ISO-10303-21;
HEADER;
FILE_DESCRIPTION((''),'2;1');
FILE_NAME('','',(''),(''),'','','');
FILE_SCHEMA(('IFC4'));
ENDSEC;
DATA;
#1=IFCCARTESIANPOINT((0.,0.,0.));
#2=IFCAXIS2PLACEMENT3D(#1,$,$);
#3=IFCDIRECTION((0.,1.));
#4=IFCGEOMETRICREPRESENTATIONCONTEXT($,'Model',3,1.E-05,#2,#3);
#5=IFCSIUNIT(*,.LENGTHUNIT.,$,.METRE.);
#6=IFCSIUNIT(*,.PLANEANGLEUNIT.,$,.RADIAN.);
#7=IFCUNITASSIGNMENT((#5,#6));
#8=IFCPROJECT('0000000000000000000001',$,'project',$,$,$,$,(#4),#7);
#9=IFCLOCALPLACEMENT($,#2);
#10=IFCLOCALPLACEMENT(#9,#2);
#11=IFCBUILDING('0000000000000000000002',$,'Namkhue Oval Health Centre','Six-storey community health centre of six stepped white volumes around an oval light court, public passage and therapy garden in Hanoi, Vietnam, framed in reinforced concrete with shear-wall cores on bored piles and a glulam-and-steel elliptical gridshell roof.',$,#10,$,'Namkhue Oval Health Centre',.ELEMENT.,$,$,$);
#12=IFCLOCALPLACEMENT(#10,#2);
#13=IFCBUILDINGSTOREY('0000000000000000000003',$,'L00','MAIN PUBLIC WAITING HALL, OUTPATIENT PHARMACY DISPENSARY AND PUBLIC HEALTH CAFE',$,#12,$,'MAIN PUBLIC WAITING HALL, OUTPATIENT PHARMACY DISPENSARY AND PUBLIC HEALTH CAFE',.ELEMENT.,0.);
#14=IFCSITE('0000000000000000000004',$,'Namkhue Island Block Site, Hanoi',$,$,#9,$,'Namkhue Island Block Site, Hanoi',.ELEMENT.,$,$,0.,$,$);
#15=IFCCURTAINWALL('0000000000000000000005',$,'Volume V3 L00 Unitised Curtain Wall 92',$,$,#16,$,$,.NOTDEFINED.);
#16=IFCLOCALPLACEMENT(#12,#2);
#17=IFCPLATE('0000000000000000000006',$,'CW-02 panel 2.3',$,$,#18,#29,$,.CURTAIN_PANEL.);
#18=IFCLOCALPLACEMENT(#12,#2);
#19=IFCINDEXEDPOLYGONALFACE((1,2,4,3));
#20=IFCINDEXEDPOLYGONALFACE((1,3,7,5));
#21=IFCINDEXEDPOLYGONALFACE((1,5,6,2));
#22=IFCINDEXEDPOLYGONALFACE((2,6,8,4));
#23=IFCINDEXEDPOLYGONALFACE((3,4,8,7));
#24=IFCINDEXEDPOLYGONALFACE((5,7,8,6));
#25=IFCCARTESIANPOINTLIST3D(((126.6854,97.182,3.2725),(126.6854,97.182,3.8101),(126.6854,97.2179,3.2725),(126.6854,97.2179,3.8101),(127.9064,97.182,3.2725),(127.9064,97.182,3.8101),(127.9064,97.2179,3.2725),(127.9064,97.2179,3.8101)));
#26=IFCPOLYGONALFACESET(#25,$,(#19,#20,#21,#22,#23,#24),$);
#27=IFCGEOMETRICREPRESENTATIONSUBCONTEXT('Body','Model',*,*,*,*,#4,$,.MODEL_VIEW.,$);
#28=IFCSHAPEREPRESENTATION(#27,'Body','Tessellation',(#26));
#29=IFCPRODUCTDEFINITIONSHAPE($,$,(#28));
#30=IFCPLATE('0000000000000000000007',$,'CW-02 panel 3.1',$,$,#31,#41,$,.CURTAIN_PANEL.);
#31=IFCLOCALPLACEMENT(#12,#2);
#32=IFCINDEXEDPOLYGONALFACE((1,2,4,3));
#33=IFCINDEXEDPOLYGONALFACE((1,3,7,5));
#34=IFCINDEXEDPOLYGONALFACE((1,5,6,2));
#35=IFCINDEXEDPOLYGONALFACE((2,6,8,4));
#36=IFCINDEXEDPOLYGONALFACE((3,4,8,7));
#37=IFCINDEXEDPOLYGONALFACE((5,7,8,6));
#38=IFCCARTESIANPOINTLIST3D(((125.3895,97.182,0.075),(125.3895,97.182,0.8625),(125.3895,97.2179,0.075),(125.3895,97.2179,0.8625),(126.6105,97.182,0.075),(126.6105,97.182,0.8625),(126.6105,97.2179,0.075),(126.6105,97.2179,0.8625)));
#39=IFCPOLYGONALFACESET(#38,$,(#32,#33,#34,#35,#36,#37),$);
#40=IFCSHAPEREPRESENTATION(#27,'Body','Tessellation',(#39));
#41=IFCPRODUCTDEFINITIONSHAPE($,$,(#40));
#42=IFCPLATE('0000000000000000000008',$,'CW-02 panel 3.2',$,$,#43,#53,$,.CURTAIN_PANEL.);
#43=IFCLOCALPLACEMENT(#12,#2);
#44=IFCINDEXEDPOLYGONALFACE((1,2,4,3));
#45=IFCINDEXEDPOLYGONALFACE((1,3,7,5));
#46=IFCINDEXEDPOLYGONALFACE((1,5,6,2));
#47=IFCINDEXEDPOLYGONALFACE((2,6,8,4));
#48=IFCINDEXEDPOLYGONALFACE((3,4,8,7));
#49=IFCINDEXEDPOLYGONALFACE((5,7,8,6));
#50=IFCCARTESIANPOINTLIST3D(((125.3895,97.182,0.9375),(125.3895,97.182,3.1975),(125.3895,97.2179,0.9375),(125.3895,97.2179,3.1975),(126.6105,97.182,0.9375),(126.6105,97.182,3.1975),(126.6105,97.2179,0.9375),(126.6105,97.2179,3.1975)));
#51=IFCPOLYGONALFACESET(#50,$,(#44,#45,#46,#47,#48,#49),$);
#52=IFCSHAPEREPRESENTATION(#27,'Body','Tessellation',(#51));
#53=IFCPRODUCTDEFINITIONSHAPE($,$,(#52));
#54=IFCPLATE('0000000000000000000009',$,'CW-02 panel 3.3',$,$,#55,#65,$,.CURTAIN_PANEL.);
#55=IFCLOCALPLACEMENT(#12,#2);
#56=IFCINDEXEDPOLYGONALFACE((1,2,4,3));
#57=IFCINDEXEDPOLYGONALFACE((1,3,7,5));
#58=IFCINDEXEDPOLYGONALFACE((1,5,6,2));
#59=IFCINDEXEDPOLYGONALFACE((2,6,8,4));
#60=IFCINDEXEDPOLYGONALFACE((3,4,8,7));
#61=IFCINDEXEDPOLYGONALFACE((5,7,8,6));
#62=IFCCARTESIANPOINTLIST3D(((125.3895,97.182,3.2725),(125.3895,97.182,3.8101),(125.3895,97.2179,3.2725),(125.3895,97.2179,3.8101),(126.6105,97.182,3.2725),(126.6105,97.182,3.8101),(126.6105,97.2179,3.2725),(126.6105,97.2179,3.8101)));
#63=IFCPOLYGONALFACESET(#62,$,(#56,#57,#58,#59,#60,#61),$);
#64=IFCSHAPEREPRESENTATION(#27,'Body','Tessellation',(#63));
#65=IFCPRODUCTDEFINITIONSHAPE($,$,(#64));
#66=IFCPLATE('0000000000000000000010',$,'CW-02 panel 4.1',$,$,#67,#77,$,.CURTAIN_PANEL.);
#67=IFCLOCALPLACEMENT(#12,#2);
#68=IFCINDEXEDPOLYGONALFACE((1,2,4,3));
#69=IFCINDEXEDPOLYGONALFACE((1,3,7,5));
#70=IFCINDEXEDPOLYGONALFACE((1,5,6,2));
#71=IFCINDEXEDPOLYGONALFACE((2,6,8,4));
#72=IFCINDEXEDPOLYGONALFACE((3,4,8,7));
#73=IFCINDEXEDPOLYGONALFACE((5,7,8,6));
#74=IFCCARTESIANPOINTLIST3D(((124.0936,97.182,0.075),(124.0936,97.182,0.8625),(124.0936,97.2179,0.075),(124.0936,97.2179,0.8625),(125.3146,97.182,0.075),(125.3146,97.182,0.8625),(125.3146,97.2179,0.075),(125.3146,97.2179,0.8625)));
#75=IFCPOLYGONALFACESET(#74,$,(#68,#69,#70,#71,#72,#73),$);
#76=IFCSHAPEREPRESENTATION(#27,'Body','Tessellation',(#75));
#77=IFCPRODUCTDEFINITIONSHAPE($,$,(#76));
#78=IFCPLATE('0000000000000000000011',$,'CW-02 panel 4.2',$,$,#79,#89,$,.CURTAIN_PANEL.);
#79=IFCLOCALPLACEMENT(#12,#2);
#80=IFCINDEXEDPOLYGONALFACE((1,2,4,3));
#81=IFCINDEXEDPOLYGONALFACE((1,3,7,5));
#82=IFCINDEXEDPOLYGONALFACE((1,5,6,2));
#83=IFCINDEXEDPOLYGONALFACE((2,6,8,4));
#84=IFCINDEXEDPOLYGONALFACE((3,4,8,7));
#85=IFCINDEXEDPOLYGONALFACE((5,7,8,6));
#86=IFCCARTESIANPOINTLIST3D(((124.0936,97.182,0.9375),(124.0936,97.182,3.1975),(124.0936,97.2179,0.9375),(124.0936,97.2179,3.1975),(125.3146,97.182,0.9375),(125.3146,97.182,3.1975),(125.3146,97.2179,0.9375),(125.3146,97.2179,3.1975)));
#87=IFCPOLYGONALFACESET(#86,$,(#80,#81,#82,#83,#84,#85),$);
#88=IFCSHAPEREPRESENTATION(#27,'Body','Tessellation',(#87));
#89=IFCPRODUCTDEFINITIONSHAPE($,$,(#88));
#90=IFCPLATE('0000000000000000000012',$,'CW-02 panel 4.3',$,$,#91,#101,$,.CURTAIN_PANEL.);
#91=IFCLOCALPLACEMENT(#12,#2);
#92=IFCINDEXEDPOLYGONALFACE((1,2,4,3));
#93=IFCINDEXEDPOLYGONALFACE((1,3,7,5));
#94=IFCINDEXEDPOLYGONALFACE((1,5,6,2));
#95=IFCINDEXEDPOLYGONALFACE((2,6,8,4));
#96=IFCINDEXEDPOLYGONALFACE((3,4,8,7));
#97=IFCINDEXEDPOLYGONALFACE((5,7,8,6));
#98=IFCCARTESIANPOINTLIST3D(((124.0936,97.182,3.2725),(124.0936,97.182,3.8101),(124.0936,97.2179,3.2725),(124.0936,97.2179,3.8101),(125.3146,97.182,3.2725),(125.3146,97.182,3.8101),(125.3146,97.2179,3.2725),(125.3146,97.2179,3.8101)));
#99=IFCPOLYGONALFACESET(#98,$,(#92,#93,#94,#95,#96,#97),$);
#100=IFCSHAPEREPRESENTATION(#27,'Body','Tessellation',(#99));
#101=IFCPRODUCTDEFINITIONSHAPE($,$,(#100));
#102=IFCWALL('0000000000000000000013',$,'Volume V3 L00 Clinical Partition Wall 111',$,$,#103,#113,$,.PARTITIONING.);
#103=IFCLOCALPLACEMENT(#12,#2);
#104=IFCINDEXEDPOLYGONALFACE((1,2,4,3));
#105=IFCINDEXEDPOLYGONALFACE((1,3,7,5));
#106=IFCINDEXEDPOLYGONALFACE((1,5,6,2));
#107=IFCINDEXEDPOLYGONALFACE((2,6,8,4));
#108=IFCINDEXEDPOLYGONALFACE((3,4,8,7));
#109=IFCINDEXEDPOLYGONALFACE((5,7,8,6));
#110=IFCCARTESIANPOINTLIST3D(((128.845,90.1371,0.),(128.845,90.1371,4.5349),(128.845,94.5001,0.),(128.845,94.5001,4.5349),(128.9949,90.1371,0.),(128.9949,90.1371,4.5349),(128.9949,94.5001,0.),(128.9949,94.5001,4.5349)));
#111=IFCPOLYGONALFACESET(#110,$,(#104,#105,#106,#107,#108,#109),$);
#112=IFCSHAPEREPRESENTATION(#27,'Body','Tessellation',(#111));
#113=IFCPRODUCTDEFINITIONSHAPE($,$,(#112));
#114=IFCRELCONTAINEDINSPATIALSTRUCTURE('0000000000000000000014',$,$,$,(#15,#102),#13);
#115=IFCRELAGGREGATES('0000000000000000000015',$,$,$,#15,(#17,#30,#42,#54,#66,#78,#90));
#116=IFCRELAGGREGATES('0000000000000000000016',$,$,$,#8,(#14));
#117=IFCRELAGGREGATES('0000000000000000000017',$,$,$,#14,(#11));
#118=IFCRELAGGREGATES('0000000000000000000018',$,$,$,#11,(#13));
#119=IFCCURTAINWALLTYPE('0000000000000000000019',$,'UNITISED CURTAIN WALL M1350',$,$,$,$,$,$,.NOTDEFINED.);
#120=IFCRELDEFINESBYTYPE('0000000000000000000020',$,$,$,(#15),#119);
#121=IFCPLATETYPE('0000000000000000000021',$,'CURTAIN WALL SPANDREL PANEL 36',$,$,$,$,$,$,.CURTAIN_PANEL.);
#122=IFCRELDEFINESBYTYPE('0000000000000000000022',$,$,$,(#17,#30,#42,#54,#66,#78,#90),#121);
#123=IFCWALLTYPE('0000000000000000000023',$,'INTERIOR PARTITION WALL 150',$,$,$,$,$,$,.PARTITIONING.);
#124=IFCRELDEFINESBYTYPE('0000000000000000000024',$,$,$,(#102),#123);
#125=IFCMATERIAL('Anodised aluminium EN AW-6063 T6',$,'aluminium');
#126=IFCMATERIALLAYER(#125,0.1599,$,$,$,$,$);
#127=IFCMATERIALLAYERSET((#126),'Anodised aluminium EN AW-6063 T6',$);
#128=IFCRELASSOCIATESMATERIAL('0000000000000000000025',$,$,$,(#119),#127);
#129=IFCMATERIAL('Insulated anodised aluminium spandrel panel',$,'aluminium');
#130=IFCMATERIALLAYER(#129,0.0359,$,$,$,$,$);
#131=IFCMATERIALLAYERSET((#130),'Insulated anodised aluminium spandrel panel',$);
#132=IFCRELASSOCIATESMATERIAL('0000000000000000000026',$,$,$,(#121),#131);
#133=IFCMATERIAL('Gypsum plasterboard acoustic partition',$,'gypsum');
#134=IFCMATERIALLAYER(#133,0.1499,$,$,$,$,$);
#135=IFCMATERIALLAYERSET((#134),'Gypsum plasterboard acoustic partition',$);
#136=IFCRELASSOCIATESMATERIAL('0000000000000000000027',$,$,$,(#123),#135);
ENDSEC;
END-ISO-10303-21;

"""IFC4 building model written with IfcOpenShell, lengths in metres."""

from ifc_helpers import new_model, si_unit, direction, frame, frame_2d, origin, origin_2d, place, context, subcontext, project, spatial, rectangle, extrude, material, layer, layer_set, type_object, element, aggregate, save


model = new_model("IFC4")

# Units and contexts
model_context = context("Model", 3, precision=1e-05, world=origin(), true_north=direction((0.0, 1.0)))
body_context = subcontext(model_context, "Body", "Model", "MODEL_VIEW")
ifc_project = project(units=[si_unit("LENGTHUNIT", "METRE"), si_unit("PLANEANGLEUNIT", "RADIAN")], contexts=[model_context])

# Site, building, storey
site_placement = place(None, origin())
site = spatial("IfcSite", under=ifc_project, at=site_placement, Name="Namkhue Island Block Site, Hanoi", LongName="Namkhue Island Block Site, Hanoi", CompositionType="ELEMENT", RefElevation=0.0)
building_placement = place(site_placement, origin())
building = spatial("IfcBuilding", under=site, at=building_placement, Name="Namkhue Oval Health Centre", Description="Six-storey community health centre of six stepped white volumes around an oval light court, public passage and therapy garden in Hanoi, Vietnam, framed in reinforced concrete with shear-wall cores on bored piles and a glulam-and-steel elliptical gridshell roof.", LongName="Namkhue Oval Health Centre", CompositionType="ELEMENT")
storey_placement = place(building_placement, origin())
storey = spatial("IfcBuildingStorey", under=building, at=storey_placement, Name="L00", Description="MAIN PUBLIC WAITING HALL, OUTPATIENT PHARMACY DISPENSARY AND PUBLIC HEALTH CAFE", LongName="MAIN PUBLIC WAITING HALL, OUTPATIENT PHARMACY DISPENSARY AND PUBLIC HEALTH CAFE", CompositionType="ELEMENT", Elevation=0.0)

# Curtain wall, plates
ifc_material_1 = material(Name="Anodised aluminium EN AW-6063 T6", Category="aluminium")
ifc_layer_1 = layer(ifc_material_1, 0.1599)
ifc_layer_set_1 = layer_set([ifc_layer_1], Name="Anodised aluminium EN AW-6063 T6")
curtain_wall_type = type_object("IfcCurtainWallType", Name="UNITISED CURTAIN WALL M1350", PredefinedType="NOTDEFINED", material=ifc_layer_set_1)
curtain_wall_placement = place(storey_placement, origin())
curtain_wall = element("IfcCurtainWall", 1, at=curtain_wall_placement, inside=storey, type_object=curtain_wall_type, Name="Volume V3 L00 Unitised Curtain Wall 92", PredefinedType="NOTDEFINED")
ifc_material_2 = material(Name="Insulated anodised aluminium spandrel panel", Category="aluminium")
ifc_layer_2 = layer(ifc_material_2, 0.0359)
ifc_layer_set_2 = layer_set([ifc_layer_2], Name="Insulated anodised aluminium spandrel panel")
plate_type = type_object("IfcPlateType", Name="CURTAIN WALL SPANDREL PANEL 36", PredefinedType="CURTAIN_PANEL", material=ifc_layer_set_2)
plate_1_placement = place(storey_placement, frame((127.2959, 97.2, 3.2725), z_axis=(0.0, 0.0, 1.0), x_axis=(-1.0, 0.0, 0.0)))
plate_1 = element("IfcPlate", 2, at=plate_1_placement, type_object=plate_type, Name="CW-02 panel 2.3", PredefinedType="CURTAIN_PANEL", context=body_context, shape_type="SweptSolid", body=[
    extrude(rectangle(XDim=1.2209, YDim=0.0359, at=origin_2d()), origin(), (0.0, 0.0, 1.0), 0.5376),
])
plate_2_placement = place(storey_placement, frame((126.0, 97.2, 0.075), z_axis=(0.0, 0.0, 1.0), x_axis=(-1.0, 0.0, 0.0)))
plate_2 = element("IfcPlate", 3, at=plate_2_placement, type_object=plate_type, Name="CW-02 panel 3.1", PredefinedType="CURTAIN_PANEL", context=body_context, shape_type="SweptSolid", body=[
    extrude(rectangle(XDim=1.2209, YDim=0.0359, at=origin_2d()), origin(), (0.0, 0.0, 1.0), 0.7876),
])
plate_3_placement = place(storey_placement, frame((126.0, 97.2, 0.9375), z_axis=(0.0, 0.0, 1.0), x_axis=(-1.0, 0.0, 0.0)))
plate_3 = element("IfcPlate", 4, at=plate_3_placement, type_object=plate_type, Name="CW-02 panel 3.2", PredefinedType="CURTAIN_PANEL", context=body_context, shape_type="SweptSolid", body=[
    extrude(rectangle(XDim=1.2209, YDim=0.0359, at=origin_2d()), origin(), (0.0, 0.0, 1.0), 2.26),
])
plate_4_placement = place(storey_placement, frame((126.0, 97.2, 3.2725), z_axis=(0.0, 0.0, 1.0), x_axis=(-1.0, 0.0, 0.0)))
plate_4 = element("IfcPlate", 5, at=plate_4_placement, type_object=plate_type, Name="CW-02 panel 3.3", PredefinedType="CURTAIN_PANEL", context=body_context, shape_type="SweptSolid", body=[
    extrude(rectangle(XDim=1.2209, YDim=0.0359, at=origin_2d()), origin(), (0.0, 0.0, 1.0), 0.5376),
])
plate_5_placement = place(storey_placement, frame((124.7041, 97.2, 0.075), z_axis=(0.0, 0.0, 1.0), x_axis=(-1.0, 0.0, 0.0)))
plate_5 = element("IfcPlate", 6, at=plate_5_placement, type_object=plate_type, Name="CW-02 panel 4.1", PredefinedType="CURTAIN_PANEL", context=body_context, shape_type="SweptSolid", body=[
    extrude(rectangle(XDim=1.2209, YDim=0.0359, at=origin_2d()), origin(), (0.0, 0.0, 1.0), 0.7876),
])
plate_6_placement = place(storey_placement, frame((124.7041, 97.2, 0.9375), z_axis=(0.0, 0.0, 1.0), x_axis=(-1.0, 0.0, 0.0)))
plate_6 = element("IfcPlate", 7, at=plate_6_placement, type_object=plate_type, Name="CW-02 panel 4.2", PredefinedType="CURTAIN_PANEL", context=body_context, shape_type="SweptSolid", body=[
    extrude(rectangle(XDim=1.2209, YDim=0.0359, at=origin_2d()), origin(), (0.0, 0.0, 1.0), 2.26),
])
plate_7_placement = place(storey_placement, frame((124.7041, 97.2, 3.2725), z_axis=(0.0, 0.0, 1.0), x_axis=(-1.0, 0.0, 0.0)))
plate_7 = element("IfcPlate", 8, at=plate_7_placement, type_object=plate_type, Name="CW-02 panel 4.3", PredefinedType="CURTAIN_PANEL", context=body_context, shape_type="SweptSolid", body=[
    extrude(rectangle(XDim=1.2209, YDim=0.0359, at=origin_2d()), origin(), (0.0, 0.0, 1.0), 0.5376),
])
aggregate(curtain_wall, [plate_1, plate_2, plate_3, plate_4, plate_5, plate_6, plate_7])

# Wall
ifc_material_3 = material(Name="Gypsum plasterboard acoustic partition", Category="gypsum")
ifc_layer_3 = layer(ifc_material_3, 0.1499)
ifc_layer_set_3 = layer_set([ifc_layer_3], Name="Gypsum plasterboard acoustic partition")
wall_type = type_object("IfcWallType", Name="INTERIOR PARTITION WALL 150", PredefinedType="PARTITIONING", material=ifc_layer_set_3)
wall_placement = place(storey_placement, frame((128.9199, 90.137, 0.0), z_axis=(0.0, 0.0, 1.0), x_axis=(0.0, 1.0, 0.0)))
element("IfcWall", 9, at=wall_placement, inside=storey, type_object=wall_type, Name="Volume V3 L00 Clinical Partition Wall 111", PredefinedType="PARTITIONING", context=body_context, shape_type="SweptSolid", body=[
    extrude(rectangle(XDim=4.363, YDim=0.1499, at=frame_2d((2.1816, 0.0))), origin(), (0.0, 0.0, 1.0), 4.5349),
])

save(model, "model.ifc")
